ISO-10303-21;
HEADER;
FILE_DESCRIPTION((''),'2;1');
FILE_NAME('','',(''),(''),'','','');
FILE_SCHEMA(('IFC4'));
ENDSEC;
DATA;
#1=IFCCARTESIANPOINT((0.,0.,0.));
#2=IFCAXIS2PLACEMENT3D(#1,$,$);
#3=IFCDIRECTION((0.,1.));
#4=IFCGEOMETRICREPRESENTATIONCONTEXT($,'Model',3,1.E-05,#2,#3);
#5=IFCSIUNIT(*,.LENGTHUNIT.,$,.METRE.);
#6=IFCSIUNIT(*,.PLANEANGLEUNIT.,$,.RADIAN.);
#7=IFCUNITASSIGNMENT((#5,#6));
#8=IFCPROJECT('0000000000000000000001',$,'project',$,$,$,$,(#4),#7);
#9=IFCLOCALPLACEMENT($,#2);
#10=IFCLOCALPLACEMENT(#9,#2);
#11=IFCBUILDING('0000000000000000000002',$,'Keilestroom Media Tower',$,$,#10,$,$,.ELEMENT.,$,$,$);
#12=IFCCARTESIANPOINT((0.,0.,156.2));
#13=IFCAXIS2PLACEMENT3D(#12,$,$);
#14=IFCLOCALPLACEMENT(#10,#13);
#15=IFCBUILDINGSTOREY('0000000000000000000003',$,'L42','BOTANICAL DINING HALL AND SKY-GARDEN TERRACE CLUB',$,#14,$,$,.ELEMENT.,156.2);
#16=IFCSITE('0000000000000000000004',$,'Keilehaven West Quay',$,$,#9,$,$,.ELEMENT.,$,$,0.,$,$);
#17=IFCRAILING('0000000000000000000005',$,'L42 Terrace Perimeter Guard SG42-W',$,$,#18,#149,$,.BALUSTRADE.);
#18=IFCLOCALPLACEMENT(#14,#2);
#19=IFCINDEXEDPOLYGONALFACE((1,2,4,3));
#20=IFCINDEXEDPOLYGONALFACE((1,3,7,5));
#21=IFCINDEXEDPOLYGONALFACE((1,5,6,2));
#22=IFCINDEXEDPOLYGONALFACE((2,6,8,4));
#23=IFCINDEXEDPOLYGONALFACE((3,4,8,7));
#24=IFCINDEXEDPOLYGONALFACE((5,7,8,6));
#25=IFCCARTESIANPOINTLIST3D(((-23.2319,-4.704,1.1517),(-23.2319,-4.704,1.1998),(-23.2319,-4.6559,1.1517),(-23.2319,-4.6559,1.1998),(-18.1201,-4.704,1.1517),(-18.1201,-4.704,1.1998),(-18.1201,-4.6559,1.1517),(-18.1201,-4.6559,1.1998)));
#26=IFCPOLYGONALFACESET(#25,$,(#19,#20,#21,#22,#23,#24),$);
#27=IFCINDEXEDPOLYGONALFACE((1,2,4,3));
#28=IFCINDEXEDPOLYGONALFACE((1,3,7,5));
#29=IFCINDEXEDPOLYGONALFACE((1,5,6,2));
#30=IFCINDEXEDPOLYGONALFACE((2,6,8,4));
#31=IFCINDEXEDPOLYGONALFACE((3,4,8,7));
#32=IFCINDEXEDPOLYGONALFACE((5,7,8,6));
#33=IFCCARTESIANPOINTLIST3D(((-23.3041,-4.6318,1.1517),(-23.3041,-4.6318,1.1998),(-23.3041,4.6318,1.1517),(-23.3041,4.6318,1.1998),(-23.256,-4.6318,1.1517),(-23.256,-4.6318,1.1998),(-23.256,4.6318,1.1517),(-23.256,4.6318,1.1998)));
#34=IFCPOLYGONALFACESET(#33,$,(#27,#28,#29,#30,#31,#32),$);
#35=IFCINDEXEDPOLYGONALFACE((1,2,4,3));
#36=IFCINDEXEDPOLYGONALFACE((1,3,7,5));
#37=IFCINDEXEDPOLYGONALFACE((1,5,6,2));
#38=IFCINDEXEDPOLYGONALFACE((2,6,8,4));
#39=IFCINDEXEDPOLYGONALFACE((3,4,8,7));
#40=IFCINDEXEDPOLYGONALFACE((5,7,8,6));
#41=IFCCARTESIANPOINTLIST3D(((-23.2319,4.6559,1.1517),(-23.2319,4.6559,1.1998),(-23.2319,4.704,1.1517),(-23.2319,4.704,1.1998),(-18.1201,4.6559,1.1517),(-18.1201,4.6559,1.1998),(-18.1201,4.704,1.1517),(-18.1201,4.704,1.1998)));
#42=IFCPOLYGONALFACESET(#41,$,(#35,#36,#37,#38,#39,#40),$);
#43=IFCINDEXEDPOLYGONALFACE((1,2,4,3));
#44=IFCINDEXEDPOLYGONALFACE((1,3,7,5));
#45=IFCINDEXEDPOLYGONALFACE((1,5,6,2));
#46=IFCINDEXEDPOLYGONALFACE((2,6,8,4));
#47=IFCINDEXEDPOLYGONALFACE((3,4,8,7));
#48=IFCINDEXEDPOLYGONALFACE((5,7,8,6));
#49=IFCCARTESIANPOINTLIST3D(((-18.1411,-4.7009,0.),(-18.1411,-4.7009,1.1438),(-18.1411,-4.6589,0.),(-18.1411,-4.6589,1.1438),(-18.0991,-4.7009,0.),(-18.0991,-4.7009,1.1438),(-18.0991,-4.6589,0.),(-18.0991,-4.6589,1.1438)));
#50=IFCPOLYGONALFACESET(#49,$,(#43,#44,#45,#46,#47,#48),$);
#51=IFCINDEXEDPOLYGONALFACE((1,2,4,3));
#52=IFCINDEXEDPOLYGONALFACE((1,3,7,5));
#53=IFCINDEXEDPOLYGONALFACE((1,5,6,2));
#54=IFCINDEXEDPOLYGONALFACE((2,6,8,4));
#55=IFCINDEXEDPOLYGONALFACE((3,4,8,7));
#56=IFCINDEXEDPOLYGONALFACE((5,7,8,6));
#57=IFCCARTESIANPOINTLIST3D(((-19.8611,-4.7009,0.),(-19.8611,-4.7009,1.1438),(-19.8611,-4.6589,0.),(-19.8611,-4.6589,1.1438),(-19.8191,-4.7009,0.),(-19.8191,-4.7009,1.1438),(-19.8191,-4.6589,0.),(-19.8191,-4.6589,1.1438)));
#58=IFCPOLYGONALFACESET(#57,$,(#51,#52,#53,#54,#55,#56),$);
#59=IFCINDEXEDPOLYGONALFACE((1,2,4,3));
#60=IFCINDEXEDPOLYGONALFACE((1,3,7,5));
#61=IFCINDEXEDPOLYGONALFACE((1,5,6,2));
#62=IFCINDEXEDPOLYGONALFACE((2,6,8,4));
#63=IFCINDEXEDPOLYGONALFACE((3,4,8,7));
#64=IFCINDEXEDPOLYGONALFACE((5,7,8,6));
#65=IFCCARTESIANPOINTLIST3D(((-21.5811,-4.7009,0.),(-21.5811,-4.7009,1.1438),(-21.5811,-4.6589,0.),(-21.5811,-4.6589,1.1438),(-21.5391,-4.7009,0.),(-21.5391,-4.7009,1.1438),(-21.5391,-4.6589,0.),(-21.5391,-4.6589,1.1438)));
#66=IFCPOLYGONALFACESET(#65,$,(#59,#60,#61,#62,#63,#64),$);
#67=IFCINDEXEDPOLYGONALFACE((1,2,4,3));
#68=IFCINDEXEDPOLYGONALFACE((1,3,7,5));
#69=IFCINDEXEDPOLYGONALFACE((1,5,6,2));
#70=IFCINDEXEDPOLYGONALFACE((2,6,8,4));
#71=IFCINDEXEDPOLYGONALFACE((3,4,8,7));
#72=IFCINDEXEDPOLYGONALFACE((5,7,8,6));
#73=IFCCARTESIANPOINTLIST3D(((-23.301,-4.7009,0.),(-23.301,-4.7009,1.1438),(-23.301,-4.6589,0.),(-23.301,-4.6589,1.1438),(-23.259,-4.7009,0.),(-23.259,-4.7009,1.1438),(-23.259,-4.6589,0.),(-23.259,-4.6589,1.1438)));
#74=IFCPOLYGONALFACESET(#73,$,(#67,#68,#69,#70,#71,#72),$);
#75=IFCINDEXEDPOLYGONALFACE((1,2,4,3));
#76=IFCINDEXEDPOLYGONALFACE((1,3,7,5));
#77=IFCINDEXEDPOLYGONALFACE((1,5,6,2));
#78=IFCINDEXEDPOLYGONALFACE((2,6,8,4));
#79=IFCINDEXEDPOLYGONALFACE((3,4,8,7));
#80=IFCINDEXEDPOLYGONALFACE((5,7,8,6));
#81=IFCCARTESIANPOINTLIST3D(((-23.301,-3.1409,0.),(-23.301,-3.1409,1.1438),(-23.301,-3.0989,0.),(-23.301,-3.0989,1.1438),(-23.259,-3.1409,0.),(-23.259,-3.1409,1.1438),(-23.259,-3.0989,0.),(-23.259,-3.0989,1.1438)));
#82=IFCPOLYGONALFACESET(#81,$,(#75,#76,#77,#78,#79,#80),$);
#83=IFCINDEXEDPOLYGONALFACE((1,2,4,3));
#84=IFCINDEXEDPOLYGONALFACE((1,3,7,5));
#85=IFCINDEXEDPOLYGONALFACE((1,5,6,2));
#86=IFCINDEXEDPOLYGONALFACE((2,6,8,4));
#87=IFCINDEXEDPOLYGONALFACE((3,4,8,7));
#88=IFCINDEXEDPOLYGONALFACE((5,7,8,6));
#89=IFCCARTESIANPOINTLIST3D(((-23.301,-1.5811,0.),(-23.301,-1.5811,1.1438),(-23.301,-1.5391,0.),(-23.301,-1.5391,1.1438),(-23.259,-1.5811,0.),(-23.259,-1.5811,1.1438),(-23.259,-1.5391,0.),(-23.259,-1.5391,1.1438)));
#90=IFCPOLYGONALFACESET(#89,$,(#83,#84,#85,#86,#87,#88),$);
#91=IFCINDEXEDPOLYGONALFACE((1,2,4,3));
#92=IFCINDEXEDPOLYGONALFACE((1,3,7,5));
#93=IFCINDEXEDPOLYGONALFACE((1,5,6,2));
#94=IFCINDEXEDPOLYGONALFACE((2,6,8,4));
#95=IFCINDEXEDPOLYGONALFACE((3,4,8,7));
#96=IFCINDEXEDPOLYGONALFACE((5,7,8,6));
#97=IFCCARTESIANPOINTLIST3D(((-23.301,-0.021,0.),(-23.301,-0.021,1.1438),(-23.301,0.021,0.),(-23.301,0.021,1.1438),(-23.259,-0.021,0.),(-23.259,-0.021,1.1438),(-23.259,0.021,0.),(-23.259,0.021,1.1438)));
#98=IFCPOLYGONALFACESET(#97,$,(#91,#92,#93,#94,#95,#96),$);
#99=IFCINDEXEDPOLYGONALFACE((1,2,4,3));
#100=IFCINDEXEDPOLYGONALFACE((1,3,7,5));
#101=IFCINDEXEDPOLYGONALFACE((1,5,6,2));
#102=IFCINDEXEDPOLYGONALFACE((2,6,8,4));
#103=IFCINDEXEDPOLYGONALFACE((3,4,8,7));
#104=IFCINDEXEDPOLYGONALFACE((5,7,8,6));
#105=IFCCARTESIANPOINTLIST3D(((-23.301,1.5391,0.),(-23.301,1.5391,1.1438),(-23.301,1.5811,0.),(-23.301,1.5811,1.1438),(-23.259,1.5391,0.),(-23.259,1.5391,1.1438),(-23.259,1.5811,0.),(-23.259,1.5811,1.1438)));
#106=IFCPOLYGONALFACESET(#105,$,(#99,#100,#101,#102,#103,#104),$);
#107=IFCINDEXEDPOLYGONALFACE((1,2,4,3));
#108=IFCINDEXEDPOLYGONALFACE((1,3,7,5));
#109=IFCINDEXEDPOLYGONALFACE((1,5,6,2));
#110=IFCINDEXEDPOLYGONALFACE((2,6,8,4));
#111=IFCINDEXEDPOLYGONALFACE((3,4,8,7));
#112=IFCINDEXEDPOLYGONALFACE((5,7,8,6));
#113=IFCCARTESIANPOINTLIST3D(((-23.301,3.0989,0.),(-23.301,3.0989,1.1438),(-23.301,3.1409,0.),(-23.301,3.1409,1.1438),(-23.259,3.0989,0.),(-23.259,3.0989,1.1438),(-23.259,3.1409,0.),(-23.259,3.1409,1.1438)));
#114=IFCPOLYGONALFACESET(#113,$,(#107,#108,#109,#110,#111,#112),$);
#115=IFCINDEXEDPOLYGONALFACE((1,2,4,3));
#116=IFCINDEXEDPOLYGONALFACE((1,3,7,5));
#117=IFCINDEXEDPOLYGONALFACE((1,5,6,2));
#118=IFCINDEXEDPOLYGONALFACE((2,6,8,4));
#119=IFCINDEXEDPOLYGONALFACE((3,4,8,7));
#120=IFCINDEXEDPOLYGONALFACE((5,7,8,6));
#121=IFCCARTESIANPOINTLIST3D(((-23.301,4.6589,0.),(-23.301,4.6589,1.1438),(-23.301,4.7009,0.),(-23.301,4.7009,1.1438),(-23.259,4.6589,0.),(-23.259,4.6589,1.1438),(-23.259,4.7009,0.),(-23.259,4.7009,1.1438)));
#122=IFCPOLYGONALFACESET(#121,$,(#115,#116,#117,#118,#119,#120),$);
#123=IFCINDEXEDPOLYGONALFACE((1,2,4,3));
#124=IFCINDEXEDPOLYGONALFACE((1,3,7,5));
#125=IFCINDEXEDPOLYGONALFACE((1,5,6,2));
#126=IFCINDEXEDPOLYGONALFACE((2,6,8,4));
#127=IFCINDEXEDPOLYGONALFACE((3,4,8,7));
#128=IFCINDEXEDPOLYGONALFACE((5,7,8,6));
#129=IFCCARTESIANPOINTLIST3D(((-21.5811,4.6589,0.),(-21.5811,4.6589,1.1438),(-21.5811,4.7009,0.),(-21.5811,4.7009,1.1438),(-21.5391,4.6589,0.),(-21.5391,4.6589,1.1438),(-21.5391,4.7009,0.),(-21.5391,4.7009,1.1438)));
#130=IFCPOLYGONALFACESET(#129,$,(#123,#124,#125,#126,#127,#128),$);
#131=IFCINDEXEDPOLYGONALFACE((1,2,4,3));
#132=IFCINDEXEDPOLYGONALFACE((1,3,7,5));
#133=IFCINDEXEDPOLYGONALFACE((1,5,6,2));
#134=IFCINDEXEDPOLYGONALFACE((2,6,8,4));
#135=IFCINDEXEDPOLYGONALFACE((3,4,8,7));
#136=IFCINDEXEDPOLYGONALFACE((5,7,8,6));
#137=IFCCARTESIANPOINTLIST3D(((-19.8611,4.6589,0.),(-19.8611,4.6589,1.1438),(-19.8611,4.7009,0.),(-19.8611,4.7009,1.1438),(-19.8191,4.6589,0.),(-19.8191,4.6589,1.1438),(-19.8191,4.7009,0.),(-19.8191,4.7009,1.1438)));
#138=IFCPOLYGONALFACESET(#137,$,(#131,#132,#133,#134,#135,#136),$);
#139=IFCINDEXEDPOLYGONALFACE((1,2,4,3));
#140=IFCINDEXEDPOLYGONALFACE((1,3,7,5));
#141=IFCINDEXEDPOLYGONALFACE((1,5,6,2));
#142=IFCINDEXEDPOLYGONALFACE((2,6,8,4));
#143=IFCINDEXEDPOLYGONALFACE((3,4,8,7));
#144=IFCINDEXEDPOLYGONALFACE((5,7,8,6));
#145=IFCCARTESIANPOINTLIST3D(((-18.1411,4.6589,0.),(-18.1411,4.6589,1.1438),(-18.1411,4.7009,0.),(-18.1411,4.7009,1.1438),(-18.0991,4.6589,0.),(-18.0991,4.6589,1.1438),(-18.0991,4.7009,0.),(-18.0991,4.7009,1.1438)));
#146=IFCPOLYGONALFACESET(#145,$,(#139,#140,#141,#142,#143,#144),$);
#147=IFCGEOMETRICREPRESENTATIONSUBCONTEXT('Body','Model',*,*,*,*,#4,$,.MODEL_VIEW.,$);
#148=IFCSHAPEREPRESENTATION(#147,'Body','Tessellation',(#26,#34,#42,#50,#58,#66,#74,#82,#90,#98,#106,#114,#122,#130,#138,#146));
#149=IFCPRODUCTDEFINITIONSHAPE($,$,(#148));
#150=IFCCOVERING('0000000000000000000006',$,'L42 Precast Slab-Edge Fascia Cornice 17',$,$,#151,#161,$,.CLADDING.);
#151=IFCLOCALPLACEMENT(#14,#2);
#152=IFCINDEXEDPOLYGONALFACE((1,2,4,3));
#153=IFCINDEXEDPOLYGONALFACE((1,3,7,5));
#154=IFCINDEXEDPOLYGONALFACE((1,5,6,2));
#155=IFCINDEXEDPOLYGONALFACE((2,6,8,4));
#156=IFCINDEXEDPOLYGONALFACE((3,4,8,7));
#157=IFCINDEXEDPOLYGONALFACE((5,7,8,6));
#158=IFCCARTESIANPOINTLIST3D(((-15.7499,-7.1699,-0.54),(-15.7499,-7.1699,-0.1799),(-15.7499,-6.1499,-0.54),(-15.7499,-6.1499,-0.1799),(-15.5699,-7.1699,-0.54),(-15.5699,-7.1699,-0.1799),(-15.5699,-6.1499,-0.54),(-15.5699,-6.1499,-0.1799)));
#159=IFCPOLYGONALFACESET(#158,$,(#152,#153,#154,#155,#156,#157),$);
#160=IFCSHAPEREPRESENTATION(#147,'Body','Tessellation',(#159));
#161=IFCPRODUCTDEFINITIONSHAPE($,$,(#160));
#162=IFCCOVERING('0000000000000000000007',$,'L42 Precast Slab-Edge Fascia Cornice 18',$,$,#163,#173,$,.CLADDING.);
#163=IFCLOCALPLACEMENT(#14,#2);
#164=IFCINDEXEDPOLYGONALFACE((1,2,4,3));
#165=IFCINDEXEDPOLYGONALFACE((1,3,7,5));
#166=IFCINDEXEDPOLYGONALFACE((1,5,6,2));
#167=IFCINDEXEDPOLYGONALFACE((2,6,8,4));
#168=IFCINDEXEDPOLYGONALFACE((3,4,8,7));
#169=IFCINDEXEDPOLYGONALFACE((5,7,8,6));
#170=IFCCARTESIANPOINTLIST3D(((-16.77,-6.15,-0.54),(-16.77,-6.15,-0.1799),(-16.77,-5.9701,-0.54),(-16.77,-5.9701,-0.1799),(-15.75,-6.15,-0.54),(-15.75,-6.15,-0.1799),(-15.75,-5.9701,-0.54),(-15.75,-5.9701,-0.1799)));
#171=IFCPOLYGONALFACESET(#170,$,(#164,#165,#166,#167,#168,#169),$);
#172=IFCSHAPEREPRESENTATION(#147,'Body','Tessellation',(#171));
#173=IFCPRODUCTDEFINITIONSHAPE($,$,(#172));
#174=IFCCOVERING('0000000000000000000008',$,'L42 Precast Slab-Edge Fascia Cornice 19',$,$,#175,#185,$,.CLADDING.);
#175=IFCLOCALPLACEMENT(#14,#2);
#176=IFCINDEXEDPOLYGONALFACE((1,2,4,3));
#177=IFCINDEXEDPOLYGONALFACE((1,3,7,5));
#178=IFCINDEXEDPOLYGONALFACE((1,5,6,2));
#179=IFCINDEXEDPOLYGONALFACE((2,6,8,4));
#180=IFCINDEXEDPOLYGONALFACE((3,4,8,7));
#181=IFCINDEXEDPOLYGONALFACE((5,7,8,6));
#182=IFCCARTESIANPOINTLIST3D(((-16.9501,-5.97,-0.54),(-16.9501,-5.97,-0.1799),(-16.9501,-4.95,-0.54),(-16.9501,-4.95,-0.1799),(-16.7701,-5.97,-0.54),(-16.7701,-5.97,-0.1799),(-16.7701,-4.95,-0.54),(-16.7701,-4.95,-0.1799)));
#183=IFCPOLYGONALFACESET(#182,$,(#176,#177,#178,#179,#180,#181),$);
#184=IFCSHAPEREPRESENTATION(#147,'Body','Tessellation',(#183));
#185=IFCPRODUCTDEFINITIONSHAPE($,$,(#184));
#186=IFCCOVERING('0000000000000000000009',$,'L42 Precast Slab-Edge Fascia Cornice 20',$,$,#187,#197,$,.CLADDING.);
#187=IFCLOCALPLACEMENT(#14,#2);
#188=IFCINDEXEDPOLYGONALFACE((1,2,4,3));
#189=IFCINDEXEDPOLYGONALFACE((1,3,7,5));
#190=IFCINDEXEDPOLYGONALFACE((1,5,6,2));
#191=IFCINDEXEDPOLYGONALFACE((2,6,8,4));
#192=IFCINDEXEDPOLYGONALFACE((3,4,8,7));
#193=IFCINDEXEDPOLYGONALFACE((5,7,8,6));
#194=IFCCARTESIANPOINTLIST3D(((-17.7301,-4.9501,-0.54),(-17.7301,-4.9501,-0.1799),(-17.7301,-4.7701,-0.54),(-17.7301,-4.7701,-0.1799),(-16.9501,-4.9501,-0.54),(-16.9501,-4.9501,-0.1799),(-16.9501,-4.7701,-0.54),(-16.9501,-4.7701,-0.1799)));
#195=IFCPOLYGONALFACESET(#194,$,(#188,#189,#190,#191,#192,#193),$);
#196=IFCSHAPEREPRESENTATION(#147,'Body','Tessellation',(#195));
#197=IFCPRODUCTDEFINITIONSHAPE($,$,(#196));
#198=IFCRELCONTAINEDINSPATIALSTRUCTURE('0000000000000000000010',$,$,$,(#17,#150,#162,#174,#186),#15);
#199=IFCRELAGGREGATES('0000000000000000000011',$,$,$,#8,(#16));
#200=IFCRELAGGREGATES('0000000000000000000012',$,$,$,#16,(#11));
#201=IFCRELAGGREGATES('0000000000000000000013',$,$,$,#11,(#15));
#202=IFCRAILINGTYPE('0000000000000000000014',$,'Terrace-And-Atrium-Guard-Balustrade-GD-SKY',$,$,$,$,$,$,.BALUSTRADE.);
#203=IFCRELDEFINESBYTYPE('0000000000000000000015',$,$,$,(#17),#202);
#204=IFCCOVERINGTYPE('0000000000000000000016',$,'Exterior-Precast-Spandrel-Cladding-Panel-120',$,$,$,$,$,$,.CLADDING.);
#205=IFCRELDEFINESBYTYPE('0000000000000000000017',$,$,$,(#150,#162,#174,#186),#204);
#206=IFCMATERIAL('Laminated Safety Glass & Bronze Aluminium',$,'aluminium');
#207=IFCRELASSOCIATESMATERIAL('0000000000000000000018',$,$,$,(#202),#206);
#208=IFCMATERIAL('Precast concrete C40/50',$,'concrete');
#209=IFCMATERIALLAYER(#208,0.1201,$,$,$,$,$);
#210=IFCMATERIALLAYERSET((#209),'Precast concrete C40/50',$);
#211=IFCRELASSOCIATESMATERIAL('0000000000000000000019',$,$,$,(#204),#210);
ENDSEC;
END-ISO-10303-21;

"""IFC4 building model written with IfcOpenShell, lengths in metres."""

from ifc_helpers import new_model, si_unit, direction, frame, origin, origin_2d, place, context, subcontext, project, spatial, rectangle, extrude, source, transform, mapped, material, layer, layer_set, type_object, element, save


model = new_model("IFC4")

# Units and contexts
model_context = context("Model", 3, precision=1e-05, world=origin(), true_north=direction((0.0, 1.0)))
body_context = subcontext(model_context, "Body", "Model", "MODEL_VIEW")
ifc_project = project(units=[si_unit("LENGTHUNIT", "METRE"), si_unit("PLANEANGLEUNIT", "RADIAN")], contexts=[model_context])

# Site, building, storey
site_placement = place(None, origin())
site = spatial("IfcSite", under=ifc_project, at=site_placement, Name="Keilehaven West Quay", CompositionType="ELEMENT", RefElevation=0.0)
building_placement = place(site_placement, origin())
building = spatial("IfcBuilding", under=site, at=building_placement, Name="Keilestroom Media Tower", CompositionType="ELEMENT")
storey_placement = place(building_placement, frame((0.0, 0.0, 156.2)))
storey = spatial("IfcBuildingStorey", under=building, at=storey_placement, Name="L42", Description="BOTANICAL DINING HALL AND SKY-GARDEN TERRACE CLUB", CompositionType="ELEMENT", Elevation=156.2)

# Shared definitions
ifc_material_1 = material(Name="Precast concrete C40/50", Category="concrete")

# Railing
ifc_material_2 = material(Name="Laminated Safety Glass & Bronze Aluminium", Category="aluminium")
railing_type = type_object("IfcRailingType", Name="Terrace-And-Atrium-Guard-Balustrade-GD-SKY", PredefinedType="BALUSTRADE", material=ifc_material_2)
railing_placement = place(storey_placement, frame((-18.1201, -4.6799, 0.0)))
element("IfcRailing", 1, at=railing_placement, inside=storey, type_object=railing_type, Name="L42 Terrace Perimeter Guard SG42-W", PredefinedType="BALUSTRADE", context=body_context, shape_type="SweptSolid", body=[
    extrude(rectangle(XDim=0.0481, YDim=0.0481, at=origin_2d()), frame((0.0, 0.0, 1.1758), z_axis=(-1.0, 0.0, 0.0), x_axis=(0.0, -1.0, 0.0)), (0.0, 0.0, 1.0), 5.1118),
    extrude(rectangle(XDim=0.0481, YDim=0.0481, at=origin_2d()), frame((-5.1599, 0.0481, 1.1758), z_axis=(0.0, 1.0, 0.0), x_axis=(-1.0, 0.0, 0.0)), (0.0, 0.0, 1.0), 9.2637),
    extrude(rectangle(XDim=0.0481, YDim=0.0481, at=origin_2d()), frame((-5.1118, 9.3599, 1.1758), z_axis=(1.0, 0.0, 0.0), x_axis=(0.0, 1.0, 0.0)), (0.0, 0.0, 1.0), 5.1118),
    extrude(rectangle(XDim=0.042, YDim=0.042, at=origin_2d()), origin(), (0.0, 0.0, 1.0), 1.1438),
    extrude(rectangle(XDim=0.042, YDim=0.042, at=origin_2d()), frame((-1.72, 0.0, 0.0)), (0.0, 0.0, 1.0), 1.1438),
    extrude(rectangle(XDim=0.042, YDim=0.042, at=origin_2d()), frame((-3.4399, 0.0, 0.0)), (0.0, 0.0, 1.0), 1.1438),
    extrude(rectangle(XDim=0.042, YDim=0.042, at=origin_2d()), frame((-5.1599, 0.0, 0.0)), (0.0, 0.0, 1.0), 1.1438),
    extrude(rectangle(XDim=0.042, YDim=0.042, at=origin_2d()), frame((-5.1599, 1.5601, 0.0)), (0.0, 0.0, 1.0), 1.1438),
    extrude(rectangle(XDim=0.042, YDim=0.042, at=origin_2d()), frame((-5.1599, 3.1199, 0.0)), (0.0, 0.0, 1.0), 1.1438),
    extrude(rectangle(XDim=0.042, YDim=0.042, at=origin_2d()), frame((-5.1599, 4.6799, 0.0)), (0.0, 0.0, 1.0), 1.1438),
    extrude(rectangle(XDim=0.042, YDim=0.042, at=origin_2d()), frame((-5.1599, 6.24, 0.0)), (0.0, 0.0, 1.0), 1.1438),
    extrude(rectangle(XDim=0.042, YDim=0.042, at=origin_2d()), frame((-5.1599, 7.7998, 0.0)), (0.0, 0.0, 1.0), 1.1438),
    extrude(rectangle(XDim=0.042, YDim=0.042, at=origin_2d()), frame((-5.1599, 9.3599, 0.0)), (0.0, 0.0, 1.0), 1.1438),
    extrude(rectangle(XDim=0.042, YDim=0.042, at=origin_2d()), frame((-3.4399, 9.3599, 0.0)), (0.0, 0.0, 1.0), 1.1438),
    extrude(rectangle(XDim=0.042, YDim=0.042, at=origin_2d()), frame((-1.72, 9.3599, 0.0)), (0.0, 0.0, 1.0), 1.1438),
    extrude(rectangle(XDim=0.042, YDim=0.042, at=origin_2d()), frame((0.0, 9.3599, 0.0)), (0.0, 0.0, 1.0), 1.1438),
])

# Coverings
ifc_layer_1 = layer(ifc_material_1, 0.1201)
ifc_layer_set_1 = layer_set([ifc_layer_1], Name="Precast concrete C40/50")
covering_type = type_object("IfcCoveringType", Name="Exterior-Precast-Spandrel-Cladding-Panel-120", PredefinedType="CLADDING", material=ifc_layer_set_1)
shared_shape_1 = source(origin(), body_context, "Body", "SweptSolid", [
    extrude(rectangle(XDim=1.02, YDim=0.1799, at=origin_2d()), origin(), (0.0, 0.0, 1.0), 0.3601),
])
for number, where, z_axis, x_axis, name in (
    (2, (-15.6599, -6.6599, -0.54), (0.0, 0.0, 1.0), (0.0, 1.0, 0.0), "L42 Precast Slab-Edge Fascia Cornice 17"),
    (3, (-16.26, -6.0601, -0.54), (0.0, 0.0, 1.0), (-1.0, 0.0, 0.0), "L42 Precast Slab-Edge Fascia Cornice 18"),
    (4, (-16.8601, -5.46, -0.54), (0.0, 0.0, 1.0), (0.0, 1.0, 0.0), "L42 Precast Slab-Edge Fascia Cornice 19"),
):
    element("IfcCovering", number, at=place(storey_placement, frame(where, z_axis=z_axis, x_axis=x_axis)), inside=storey, type_object=covering_type, Name=name, PredefinedType="CLADDING", context=body_context, shape_type="MappedRepresentation", body=[
        mapped(shared_shape_1, transform((0.0, 0.0, 0.0), x_axis=(1.0, 0.0, 0.0), y_axis=(0.0, 1.0, 0.0), z_axis=(0.0, 0.0, 1.0), scale=1.0)),
    ])
shared_shape_2 = source(origin(), body_context, "Body", "SweptSolid", [
    extrude(rectangle(XDim=0.78, YDim=0.1799, at=origin_2d()), origin(), (0.0, 0.0, 1.0), 0.3601),
])
covering_placement = place(storey_placement, frame((-17.3401, -4.8601, -0.54), z_axis=(0.0, 0.0, 1.0), x_axis=(-1.0, 0.0, 0.0)))
element("IfcCovering", 5, at=covering_placement, inside=storey, type_object=covering_type, Name="L42 Precast Slab-Edge Fascia Cornice 20", PredefinedType="CLADDING", context=body_context, shape_type="MappedRepresentation", body=[
    mapped(shared_shape_2, transform((0.0, 0.0, 0.0), x_axis=(1.0, 0.0, 0.0), y_axis=(0.0, 1.0, 0.0), z_axis=(0.0, 0.0, 1.0), scale=1.0)),
])

save(model, "model.ifc")
